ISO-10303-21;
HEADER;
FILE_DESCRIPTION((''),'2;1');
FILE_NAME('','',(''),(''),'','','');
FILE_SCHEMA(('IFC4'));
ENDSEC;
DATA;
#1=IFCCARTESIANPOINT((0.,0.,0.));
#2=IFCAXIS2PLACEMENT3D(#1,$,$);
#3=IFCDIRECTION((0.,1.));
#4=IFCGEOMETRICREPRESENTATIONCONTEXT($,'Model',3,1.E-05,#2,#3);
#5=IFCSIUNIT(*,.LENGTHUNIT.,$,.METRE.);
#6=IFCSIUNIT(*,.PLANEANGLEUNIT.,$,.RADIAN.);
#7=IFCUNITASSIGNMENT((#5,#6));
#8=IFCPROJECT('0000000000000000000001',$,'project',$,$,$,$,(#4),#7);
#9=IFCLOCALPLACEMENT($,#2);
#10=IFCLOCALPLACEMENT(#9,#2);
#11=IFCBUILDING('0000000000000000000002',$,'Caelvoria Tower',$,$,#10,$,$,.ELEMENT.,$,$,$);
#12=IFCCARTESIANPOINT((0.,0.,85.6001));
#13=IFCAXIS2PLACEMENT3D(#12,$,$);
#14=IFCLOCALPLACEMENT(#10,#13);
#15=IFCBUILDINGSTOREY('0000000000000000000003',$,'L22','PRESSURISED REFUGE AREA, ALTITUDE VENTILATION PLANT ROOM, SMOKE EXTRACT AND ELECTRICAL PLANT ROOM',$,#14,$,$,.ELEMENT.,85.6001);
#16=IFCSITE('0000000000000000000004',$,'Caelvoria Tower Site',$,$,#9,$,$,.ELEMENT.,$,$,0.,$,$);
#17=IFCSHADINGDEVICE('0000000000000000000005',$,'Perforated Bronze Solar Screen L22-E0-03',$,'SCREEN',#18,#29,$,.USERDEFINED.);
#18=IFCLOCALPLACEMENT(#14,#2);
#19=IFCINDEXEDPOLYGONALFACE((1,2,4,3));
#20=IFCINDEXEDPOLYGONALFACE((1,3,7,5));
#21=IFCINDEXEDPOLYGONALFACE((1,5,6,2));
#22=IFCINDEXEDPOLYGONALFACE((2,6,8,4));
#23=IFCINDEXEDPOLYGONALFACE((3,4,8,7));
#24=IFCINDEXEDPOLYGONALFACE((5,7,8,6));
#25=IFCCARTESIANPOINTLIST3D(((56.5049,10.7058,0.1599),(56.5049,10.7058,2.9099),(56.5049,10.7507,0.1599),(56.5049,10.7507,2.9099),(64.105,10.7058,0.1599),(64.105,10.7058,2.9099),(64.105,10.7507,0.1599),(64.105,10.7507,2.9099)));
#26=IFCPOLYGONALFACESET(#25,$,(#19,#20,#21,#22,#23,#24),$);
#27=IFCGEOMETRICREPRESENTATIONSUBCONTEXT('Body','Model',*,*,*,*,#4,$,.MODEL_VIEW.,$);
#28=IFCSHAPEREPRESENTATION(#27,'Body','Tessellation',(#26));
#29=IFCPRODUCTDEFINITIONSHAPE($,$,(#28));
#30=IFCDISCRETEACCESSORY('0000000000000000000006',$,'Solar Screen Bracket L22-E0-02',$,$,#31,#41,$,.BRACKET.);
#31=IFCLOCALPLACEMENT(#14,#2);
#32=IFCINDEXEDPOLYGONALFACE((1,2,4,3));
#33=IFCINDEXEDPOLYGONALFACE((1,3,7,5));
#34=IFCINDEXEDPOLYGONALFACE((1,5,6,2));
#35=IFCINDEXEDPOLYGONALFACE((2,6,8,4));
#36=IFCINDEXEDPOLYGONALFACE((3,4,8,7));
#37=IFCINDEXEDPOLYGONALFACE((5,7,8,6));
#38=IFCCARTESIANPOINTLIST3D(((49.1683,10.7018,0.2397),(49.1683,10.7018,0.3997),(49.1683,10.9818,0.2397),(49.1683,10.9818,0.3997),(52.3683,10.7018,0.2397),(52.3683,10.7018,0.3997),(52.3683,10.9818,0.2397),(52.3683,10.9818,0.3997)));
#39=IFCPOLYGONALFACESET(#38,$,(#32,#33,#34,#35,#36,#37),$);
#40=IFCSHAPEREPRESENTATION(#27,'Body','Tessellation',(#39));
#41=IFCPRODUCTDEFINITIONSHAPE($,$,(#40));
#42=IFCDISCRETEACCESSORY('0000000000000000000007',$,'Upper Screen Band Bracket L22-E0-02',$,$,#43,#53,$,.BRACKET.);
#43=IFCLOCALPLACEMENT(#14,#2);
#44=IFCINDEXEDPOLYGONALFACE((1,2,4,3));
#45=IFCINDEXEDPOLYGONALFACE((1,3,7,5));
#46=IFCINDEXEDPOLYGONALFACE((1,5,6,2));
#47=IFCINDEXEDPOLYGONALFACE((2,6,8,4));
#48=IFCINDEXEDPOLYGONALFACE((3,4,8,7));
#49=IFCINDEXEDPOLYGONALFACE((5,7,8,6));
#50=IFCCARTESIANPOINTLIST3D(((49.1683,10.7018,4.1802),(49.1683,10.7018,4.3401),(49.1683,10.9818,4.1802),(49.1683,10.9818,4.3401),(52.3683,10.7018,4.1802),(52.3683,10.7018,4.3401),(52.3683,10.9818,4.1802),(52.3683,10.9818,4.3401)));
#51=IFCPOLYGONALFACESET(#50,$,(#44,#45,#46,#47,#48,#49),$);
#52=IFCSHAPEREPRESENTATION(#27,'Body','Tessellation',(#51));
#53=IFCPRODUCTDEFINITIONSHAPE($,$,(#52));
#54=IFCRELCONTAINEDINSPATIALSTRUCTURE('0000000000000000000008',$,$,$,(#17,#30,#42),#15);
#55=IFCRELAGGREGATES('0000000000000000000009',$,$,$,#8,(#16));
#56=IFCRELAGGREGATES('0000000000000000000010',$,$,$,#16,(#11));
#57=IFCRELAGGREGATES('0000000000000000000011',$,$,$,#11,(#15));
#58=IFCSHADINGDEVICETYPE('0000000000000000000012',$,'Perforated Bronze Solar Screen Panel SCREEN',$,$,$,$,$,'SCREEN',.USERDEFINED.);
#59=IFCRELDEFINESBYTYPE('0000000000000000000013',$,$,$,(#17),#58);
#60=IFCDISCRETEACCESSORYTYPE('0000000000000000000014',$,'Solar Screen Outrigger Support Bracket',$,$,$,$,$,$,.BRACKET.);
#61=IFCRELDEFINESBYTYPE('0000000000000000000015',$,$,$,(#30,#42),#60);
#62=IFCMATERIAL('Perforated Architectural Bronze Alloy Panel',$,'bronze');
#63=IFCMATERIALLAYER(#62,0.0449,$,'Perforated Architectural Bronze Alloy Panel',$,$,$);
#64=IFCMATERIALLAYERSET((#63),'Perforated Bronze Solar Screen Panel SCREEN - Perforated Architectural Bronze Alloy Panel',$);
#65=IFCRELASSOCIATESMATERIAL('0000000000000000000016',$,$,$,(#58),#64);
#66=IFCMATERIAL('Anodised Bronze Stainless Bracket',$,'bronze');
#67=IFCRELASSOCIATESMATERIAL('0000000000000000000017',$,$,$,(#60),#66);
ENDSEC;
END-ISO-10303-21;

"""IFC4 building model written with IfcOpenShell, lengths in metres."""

from ifc_helpers import new_model, si_unit, direction, frame, origin, origin_2d, place, context, subcontext, project, spatial, rectangle, extrude, material, layer, layer_set, type_object, element, save


model = new_model("IFC4")

# Units and contexts
model_context = context("Model", 3, precision=1e-05, world=origin(), true_north=direction((0.0, 1.0)))
body_context = subcontext(model_context, "Body", "Model", "MODEL_VIEW")
ifc_project = project(units=[si_unit("LENGTHUNIT", "METRE"), si_unit("PLANEANGLEUNIT", "RADIAN")], contexts=[model_context])

# Site, building, storey
site_placement = place(None, origin())
site = spatial("IfcSite", under=ifc_project, at=site_placement, Name="Caelvoria Tower Site", CompositionType="ELEMENT", RefElevation=0.0)
building_placement = place(site_placement, origin())
building = spatial("IfcBuilding", under=site, at=building_placement, Name="Caelvoria Tower", CompositionType="ELEMENT")
storey_placement = place(building_placement, frame((0.0, 0.0, 85.6001)))
storey = spatial("IfcBuildingStorey", under=building, at=storey_placement, Name="L22", Description="PRESSURISED REFUGE AREA, ALTITUDE VENTILATION PLANT ROOM, SMOKE EXTRACT AND ELECTRICAL PLANT ROOM", CompositionType="ELEMENT", Elevation=85.6001)

# Shading device
ifc_material_1 = material(Name="Perforated Architectural Bronze Alloy Panel", Category="bronze")
ifc_layer_1 = layer(ifc_material_1, 0.0449, Name="Perforated Architectural Bronze Alloy Panel")
ifc_layer_set_1 = layer_set([ifc_layer_1], Name="Perforated Bronze Solar Screen Panel SCREEN - Perforated Architectural Bronze Alloy Panel")
shading_device_type = type_object("IfcShadingDeviceType", Name="Perforated Bronze Solar Screen Panel SCREEN", ElementType="SCREEN", PredefinedType="USERDEFINED", material=ifc_layer_set_1)
for number, where, z_axis, x_axis, name in (
    (1, (60.3049, 10.7283, 0.1599), (0.0, 0.0, 1.0), (1.0, 0.0, 0.0), "Perforated Bronze Solar Screen L22-E0-03"),
):
    element("IfcShadingDevice", number, at=place(storey_placement, frame(where, z_axis=z_axis, x_axis=x_axis)), inside=storey, type_object=shading_device_type, Name=name, ObjectType="SCREEN", PredefinedType="USERDEFINED", context=body_context, shape_type="SweptSolid", body=[
        extrude(rectangle(XDim=7.6001, YDim=0.0449, at=origin_2d()), origin(), (0.0, 0.0, 1.0), 2.75),
    ])

# Discrete accessories
ifc_material_2 = material(Name="Anodised Bronze Stainless Bracket", Category="bronze")
discrete_accessory_type = type_object("IfcDiscreteAccessoryType", Name="Solar Screen Outrigger Support Bracket", PredefinedType="BRACKET", material=ifc_material_2)
for number, where, z_axis, x_axis, name in (
    (2, (50.7683, 10.8418, 0.2397), (0.0, 0.0, 1.0), (1.0, 0.0, 0.0), "Solar Screen Bracket L22-E0-02"),
    (3, (50.7683, 10.8418, 4.1802), (0.0, 0.0, 1.0), (1.0, 0.0, 0.0), "Upper Screen Band Bracket L22-E0-02"),
):
    element("IfcDiscreteAccessory", number, at=place(storey_placement, frame(where, z_axis=z_axis, x_axis=x_axis)), inside=storey, type_object=discrete_accessory_type, Name=name, PredefinedType="BRACKET", context=body_context, shape_type="SweptSolid", body=[
        extrude(rectangle(XDim=3.2, YDim=0.28, at=origin_2d()), origin(), (0.0, 0.0, 1.0), 0.1599),
    ])

save(model, "model.ifc")
